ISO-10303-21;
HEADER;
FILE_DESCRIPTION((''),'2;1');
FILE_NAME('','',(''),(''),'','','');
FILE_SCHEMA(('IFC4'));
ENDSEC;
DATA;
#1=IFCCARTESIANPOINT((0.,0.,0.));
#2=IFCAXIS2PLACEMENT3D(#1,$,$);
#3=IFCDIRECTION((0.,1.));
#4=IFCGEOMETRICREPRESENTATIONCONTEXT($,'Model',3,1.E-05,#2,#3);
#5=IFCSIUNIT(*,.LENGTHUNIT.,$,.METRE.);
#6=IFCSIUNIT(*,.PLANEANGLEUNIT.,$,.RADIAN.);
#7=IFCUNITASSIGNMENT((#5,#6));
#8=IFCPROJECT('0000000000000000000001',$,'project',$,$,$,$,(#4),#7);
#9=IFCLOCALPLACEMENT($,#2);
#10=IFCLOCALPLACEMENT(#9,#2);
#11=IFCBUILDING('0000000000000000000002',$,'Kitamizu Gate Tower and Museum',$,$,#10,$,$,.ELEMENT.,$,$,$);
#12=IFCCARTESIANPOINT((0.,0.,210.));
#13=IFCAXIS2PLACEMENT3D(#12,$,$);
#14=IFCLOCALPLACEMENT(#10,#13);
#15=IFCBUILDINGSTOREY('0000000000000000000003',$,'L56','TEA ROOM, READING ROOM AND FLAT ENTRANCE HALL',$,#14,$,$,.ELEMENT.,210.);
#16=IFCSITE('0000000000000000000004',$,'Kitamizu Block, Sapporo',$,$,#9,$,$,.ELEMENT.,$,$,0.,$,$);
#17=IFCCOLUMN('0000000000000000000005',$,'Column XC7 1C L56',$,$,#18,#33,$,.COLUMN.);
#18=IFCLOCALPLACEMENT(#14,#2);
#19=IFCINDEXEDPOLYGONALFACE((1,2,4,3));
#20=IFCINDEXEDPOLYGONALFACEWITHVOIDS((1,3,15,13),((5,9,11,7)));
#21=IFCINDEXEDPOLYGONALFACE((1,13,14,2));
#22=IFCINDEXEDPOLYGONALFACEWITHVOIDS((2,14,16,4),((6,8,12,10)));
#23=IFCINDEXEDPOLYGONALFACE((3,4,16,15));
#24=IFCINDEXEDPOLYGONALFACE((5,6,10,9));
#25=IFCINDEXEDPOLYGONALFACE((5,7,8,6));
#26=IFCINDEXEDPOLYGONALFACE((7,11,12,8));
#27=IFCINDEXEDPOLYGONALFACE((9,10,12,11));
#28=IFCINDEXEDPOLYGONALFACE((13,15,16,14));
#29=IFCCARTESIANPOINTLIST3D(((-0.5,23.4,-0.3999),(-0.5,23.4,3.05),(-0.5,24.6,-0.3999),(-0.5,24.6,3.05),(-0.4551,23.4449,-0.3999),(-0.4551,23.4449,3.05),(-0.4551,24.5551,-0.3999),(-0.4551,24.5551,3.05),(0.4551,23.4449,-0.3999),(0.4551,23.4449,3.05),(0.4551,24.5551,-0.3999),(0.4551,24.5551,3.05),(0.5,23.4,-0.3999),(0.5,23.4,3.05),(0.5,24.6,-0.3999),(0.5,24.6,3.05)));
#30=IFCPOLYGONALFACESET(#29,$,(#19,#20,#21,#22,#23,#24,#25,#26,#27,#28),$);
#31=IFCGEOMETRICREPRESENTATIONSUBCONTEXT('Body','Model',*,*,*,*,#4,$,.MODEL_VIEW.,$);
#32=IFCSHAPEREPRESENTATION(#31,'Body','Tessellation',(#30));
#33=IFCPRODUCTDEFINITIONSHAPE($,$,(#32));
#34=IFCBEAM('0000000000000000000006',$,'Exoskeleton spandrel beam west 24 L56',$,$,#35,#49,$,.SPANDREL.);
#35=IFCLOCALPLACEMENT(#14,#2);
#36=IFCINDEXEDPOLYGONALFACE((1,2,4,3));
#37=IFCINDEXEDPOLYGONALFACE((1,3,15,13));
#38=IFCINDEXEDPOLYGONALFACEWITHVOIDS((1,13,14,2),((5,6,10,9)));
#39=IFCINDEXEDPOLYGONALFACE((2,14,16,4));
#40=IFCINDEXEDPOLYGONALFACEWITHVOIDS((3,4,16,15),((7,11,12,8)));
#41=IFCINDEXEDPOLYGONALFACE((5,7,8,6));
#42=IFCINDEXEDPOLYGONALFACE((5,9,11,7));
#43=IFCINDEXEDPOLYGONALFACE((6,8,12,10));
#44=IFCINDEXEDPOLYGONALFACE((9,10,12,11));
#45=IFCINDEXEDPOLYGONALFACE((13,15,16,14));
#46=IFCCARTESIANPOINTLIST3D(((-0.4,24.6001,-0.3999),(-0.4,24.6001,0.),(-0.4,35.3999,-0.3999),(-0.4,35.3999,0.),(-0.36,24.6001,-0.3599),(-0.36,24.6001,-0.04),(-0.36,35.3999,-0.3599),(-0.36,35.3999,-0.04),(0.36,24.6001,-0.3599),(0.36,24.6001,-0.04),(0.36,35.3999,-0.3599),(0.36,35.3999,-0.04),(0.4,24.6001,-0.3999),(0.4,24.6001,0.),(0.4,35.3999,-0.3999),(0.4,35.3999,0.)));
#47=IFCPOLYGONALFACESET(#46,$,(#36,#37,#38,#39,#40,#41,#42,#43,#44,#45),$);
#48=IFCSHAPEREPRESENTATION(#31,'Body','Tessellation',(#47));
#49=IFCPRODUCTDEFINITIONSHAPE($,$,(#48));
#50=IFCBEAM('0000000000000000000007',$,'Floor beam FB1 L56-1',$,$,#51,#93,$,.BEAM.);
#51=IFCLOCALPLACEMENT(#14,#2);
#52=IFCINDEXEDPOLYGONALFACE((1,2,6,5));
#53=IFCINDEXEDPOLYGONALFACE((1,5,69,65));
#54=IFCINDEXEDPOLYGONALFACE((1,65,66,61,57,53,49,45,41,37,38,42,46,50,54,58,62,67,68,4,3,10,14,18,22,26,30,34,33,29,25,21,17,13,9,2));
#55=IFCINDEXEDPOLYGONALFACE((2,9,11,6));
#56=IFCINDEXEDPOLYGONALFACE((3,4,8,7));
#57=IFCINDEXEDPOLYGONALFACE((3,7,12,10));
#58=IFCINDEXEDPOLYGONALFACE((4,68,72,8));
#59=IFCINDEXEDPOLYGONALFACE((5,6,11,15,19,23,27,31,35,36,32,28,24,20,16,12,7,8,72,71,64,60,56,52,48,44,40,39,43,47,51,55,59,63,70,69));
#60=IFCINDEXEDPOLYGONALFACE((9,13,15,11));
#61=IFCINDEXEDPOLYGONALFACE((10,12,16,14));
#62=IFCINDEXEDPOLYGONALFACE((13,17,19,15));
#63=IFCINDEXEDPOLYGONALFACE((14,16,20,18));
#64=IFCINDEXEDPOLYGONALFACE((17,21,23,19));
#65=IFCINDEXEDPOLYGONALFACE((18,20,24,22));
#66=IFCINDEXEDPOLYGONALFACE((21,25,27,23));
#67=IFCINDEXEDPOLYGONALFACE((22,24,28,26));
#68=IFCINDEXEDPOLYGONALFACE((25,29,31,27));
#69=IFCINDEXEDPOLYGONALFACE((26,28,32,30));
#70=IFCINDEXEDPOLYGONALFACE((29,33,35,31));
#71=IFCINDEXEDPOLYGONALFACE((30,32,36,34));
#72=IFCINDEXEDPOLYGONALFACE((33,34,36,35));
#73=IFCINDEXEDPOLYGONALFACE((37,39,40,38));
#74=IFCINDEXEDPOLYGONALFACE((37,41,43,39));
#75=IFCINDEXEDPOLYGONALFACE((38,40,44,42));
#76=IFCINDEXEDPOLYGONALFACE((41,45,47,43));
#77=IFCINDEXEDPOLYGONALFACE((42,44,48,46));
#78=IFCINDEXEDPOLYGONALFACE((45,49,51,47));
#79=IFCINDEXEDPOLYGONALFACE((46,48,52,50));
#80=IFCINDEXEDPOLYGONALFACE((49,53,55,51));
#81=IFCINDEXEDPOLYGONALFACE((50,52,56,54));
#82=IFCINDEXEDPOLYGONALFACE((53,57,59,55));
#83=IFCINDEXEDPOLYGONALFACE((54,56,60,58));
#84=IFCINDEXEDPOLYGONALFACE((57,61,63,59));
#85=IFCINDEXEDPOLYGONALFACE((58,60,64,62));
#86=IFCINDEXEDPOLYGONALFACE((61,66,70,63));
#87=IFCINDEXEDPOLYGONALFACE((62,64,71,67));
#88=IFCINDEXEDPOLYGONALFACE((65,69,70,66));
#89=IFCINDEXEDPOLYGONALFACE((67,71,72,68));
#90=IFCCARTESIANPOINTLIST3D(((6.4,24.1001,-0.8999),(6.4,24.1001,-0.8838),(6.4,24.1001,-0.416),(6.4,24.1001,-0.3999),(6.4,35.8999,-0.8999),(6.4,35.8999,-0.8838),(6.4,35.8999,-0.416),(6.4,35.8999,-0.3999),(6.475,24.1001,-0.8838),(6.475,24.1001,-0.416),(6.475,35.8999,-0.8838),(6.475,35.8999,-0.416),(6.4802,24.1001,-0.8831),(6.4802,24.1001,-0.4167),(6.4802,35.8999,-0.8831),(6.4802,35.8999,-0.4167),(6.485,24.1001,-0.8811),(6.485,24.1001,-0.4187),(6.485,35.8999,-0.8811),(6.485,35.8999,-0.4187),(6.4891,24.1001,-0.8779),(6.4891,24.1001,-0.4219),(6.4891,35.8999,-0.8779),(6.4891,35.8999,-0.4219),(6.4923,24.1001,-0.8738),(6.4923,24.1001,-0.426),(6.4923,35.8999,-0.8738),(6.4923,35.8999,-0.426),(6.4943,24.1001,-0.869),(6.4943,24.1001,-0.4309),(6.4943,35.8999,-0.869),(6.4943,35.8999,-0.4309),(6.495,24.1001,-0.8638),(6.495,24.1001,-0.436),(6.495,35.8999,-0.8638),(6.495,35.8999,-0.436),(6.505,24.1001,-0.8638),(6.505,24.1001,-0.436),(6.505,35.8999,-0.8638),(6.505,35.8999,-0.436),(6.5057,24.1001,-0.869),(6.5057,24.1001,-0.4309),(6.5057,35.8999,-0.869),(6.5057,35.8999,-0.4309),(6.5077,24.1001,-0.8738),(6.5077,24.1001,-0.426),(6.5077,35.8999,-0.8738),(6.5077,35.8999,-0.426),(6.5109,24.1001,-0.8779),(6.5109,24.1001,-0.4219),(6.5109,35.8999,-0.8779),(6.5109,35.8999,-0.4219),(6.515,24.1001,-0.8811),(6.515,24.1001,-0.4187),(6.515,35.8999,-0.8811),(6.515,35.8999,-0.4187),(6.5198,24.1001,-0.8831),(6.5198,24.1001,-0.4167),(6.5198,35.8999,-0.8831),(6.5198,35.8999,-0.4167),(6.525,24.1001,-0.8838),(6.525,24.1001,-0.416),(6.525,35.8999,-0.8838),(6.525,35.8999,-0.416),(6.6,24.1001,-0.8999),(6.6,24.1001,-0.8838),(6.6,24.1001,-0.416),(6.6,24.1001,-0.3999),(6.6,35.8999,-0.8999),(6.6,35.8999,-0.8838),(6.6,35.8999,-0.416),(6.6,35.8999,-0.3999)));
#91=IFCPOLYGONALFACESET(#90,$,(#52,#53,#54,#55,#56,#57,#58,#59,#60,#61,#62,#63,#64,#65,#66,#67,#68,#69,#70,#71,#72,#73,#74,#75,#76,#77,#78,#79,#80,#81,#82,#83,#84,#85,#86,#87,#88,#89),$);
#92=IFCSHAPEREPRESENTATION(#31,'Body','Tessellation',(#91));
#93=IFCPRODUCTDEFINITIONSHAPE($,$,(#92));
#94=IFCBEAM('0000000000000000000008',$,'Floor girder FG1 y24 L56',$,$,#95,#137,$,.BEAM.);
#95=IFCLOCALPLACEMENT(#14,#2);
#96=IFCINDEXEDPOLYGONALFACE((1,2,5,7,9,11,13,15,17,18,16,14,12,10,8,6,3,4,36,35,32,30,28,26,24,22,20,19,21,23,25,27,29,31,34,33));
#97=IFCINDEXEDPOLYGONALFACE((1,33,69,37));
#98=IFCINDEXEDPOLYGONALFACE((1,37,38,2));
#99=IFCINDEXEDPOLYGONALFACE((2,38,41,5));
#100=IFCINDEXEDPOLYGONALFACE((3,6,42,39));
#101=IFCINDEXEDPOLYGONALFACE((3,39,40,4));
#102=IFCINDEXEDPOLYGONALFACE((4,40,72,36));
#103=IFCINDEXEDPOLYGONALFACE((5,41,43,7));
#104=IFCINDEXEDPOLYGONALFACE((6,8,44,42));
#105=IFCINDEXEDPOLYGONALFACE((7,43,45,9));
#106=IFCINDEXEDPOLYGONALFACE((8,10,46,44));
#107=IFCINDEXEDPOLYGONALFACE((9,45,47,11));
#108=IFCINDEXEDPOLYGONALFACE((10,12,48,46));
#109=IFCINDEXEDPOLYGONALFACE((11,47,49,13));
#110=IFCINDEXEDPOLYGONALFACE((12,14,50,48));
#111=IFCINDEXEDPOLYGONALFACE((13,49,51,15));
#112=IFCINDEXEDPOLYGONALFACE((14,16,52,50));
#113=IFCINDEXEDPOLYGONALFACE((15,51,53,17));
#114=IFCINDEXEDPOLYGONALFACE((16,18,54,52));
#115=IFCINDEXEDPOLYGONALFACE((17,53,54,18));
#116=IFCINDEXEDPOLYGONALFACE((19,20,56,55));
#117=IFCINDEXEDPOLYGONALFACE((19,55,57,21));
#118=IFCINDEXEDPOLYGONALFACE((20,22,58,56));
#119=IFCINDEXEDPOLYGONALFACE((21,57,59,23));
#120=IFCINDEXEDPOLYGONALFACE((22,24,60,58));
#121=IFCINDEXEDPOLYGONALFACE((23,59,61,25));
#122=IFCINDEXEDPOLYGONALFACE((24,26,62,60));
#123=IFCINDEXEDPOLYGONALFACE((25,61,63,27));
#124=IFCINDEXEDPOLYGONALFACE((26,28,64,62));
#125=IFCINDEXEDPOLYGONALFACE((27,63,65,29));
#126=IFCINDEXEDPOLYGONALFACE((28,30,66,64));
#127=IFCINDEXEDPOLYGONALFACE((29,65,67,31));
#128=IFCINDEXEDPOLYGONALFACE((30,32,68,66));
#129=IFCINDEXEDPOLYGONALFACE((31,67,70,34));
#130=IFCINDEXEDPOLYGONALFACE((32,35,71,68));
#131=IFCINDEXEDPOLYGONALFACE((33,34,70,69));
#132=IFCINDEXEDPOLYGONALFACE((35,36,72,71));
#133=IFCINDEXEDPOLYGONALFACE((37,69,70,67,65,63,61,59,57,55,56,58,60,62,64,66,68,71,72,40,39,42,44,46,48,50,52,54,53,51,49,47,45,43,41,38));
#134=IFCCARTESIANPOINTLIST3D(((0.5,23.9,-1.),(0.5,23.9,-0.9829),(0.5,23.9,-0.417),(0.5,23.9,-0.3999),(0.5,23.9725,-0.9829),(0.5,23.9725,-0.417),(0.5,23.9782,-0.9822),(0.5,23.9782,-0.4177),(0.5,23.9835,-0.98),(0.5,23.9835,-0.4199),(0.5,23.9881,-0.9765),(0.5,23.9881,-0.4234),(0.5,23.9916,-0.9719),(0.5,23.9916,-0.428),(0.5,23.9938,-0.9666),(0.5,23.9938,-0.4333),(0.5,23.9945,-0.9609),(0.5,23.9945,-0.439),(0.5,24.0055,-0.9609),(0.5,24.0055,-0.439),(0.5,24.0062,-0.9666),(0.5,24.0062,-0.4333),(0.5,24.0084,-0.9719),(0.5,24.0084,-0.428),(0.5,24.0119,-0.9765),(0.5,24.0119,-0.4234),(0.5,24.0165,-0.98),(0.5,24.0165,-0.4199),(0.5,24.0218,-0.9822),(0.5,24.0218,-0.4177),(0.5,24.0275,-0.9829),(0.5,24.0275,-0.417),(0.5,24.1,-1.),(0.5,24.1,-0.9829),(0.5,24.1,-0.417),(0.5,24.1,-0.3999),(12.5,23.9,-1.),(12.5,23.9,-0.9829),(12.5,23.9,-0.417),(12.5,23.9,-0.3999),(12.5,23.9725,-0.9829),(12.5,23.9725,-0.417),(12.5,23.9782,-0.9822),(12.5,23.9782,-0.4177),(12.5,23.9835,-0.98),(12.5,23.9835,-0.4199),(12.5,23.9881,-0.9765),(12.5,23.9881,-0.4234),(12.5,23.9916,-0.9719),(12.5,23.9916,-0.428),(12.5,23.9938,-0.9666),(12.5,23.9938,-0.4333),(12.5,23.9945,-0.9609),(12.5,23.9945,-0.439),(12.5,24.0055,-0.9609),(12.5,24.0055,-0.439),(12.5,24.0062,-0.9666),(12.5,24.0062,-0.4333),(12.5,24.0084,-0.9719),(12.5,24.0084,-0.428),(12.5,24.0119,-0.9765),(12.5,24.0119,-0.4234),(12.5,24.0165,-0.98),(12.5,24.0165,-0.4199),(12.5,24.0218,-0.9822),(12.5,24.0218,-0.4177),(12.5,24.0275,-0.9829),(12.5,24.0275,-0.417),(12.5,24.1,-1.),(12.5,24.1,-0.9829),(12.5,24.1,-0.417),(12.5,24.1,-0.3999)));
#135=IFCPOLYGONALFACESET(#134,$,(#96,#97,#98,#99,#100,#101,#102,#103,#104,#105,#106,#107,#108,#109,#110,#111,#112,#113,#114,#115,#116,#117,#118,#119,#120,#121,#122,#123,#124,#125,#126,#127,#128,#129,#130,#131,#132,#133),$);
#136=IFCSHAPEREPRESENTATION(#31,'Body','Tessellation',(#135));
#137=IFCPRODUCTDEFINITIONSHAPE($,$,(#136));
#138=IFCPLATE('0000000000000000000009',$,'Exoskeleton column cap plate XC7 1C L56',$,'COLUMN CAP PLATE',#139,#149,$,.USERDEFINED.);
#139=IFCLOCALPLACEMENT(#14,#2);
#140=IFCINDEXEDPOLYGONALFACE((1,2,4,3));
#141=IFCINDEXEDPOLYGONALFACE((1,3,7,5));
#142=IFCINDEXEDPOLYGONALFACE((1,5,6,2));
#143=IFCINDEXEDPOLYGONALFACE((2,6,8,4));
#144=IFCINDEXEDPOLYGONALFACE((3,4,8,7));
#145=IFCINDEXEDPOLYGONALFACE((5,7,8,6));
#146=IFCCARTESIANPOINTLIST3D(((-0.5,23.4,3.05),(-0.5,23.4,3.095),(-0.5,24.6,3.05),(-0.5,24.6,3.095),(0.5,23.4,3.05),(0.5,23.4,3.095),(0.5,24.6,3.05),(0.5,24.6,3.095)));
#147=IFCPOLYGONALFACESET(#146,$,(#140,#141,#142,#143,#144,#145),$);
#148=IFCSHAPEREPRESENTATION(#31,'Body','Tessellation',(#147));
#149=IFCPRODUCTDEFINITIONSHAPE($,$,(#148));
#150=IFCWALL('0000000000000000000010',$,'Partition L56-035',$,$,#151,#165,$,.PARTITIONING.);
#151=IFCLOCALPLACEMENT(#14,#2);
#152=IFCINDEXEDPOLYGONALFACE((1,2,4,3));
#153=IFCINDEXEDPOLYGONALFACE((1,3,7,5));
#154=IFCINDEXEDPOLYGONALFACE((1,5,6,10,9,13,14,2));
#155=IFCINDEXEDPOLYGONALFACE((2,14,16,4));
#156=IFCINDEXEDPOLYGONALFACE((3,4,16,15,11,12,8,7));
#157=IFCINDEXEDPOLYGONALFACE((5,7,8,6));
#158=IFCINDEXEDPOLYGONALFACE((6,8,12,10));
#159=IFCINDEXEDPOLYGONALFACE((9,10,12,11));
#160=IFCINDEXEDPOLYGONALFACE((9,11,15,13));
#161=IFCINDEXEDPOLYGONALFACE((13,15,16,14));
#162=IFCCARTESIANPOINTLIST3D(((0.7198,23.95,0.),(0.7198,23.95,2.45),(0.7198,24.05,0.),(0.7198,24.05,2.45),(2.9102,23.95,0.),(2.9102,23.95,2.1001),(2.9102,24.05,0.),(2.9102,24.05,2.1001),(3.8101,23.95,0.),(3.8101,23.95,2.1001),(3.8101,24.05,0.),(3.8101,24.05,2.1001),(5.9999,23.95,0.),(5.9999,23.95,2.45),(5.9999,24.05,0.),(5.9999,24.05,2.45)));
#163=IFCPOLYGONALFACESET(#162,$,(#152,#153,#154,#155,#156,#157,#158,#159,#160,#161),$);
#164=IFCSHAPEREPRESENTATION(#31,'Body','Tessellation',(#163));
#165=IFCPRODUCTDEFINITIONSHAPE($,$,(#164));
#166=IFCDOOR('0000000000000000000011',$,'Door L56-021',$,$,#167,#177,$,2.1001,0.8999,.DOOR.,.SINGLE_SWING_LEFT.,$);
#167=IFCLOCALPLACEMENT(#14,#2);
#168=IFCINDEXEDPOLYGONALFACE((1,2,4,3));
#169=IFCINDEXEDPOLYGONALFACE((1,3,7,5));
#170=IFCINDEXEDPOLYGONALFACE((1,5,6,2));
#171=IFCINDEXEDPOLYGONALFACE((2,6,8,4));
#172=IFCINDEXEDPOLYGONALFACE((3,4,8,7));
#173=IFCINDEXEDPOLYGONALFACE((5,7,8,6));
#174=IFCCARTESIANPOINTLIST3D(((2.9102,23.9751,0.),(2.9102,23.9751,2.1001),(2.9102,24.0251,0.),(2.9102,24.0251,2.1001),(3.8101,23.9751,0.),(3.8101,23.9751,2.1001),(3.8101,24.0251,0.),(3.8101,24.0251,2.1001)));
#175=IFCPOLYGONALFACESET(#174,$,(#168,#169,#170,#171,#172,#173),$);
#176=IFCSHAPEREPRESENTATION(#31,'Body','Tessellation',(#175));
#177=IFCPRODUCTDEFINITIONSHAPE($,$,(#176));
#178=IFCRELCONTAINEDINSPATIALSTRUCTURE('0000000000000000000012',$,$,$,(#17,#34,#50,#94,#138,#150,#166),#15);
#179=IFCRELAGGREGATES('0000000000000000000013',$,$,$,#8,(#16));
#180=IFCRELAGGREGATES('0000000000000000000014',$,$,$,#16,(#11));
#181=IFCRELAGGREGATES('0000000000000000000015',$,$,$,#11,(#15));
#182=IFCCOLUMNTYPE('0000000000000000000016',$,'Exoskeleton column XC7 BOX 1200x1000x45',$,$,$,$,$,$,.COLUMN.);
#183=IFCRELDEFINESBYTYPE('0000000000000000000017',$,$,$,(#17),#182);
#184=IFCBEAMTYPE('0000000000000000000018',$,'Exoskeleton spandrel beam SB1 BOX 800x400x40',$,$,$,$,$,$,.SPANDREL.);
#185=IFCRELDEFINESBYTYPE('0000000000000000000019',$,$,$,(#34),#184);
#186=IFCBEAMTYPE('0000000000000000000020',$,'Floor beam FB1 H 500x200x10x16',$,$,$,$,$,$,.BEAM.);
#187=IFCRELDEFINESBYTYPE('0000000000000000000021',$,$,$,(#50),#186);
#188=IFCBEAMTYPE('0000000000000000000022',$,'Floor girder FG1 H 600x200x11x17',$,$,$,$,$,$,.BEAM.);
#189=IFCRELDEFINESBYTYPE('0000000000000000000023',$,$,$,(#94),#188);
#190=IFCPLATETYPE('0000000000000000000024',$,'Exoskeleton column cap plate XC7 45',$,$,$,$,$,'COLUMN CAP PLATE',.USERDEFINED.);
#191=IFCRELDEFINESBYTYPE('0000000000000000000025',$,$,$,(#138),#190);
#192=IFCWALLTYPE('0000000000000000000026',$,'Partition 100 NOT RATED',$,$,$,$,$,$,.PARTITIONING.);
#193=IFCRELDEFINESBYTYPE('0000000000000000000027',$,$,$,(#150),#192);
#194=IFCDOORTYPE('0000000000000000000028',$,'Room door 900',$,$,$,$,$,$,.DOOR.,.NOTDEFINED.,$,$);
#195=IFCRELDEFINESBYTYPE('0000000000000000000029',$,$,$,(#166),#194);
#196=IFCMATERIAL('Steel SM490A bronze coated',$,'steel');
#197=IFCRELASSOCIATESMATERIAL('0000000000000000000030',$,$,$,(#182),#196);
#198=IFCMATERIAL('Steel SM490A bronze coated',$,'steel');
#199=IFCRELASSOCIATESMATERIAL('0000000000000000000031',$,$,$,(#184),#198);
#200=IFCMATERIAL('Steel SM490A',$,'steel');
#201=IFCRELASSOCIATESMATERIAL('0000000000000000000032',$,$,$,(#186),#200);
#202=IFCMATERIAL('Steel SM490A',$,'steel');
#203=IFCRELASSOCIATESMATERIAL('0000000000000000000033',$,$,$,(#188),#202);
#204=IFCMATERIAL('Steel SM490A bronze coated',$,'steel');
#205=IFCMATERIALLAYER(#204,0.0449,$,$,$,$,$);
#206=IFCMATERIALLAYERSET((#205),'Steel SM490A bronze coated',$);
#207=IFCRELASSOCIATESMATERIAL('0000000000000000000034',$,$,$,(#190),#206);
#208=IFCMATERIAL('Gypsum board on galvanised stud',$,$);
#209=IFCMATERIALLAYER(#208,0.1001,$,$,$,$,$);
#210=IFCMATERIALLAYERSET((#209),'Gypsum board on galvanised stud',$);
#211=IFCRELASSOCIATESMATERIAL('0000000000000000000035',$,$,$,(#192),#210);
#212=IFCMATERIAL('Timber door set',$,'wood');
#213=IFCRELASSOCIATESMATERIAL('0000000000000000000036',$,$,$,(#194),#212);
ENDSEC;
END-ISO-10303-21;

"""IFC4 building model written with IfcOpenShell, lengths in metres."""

from ifc_helpers import new_model, si_unit, direction, frame, frame_2d, origin, origin_2d, place, context, subcontext, project, spatial, rectangle, hollow_rectangle, i_section, extrude, material, layer, layer_set, material_profile, profile_set, type_object, element, fill, save


model = new_model("IFC4")

# Units and contexts
model_context = context("Model", 3, precision=1e-05, world=origin(), true_north=direction((0.0, 1.0)))
body_context = subcontext(model_context, "Body", "Model", "MODEL_VIEW")
ifc_project = project(units=[si_unit("LENGTHUNIT", "METRE"), si_unit("PLANEANGLEUNIT", "RADIAN")], contexts=[model_context])

# Site, building, storey
site_placement = place(None, origin())
site = spatial("IfcSite", under=ifc_project, at=site_placement, Name="Kitamizu Block, Sapporo", CompositionType="ELEMENT", RefElevation=0.0)
building_placement = place(site_placement, origin())
building = spatial("IfcBuilding", under=site, at=building_placement, Name="Kitamizu Gate Tower and Museum", CompositionType="ELEMENT")
storey_placement = place(building_placement, frame((0.0, 0.0, 210.0)))
storey = spatial("IfcBuildingStorey", under=building, at=storey_placement, Name="L56", Description="TEA ROOM, READING ROOM AND FLAT ENTRANCE HALL", CompositionType="ELEMENT", Elevation=210.0)

# Column
ifc_material_1 = material(Name="Steel SM490A bronze coated", Category="steel")
ifc_material_profile_1 = material_profile(ifc_material_1, hollow_rectangle(XDim=1.2, YDim=1.0, WallThickness=0.0449, at=origin_2d()), Name="BOX 1200x1000x45")
ifc_profile_set_1 = profile_set([ifc_material_profile_1], Name="Steel SM490A bronze coated")
column_type = type_object("IfcColumnType", Name="Exoskeleton column XC7 BOX 1200x1000x45", PredefinedType="COLUMN", material=ifc_profile_set_1)
column_placement = place(storey_placement, frame((0.0, 24.0, -0.3999), z_axis=(0.0, 0.0, 1.0), x_axis=(0.0, 1.0, 0.0)))
element("IfcColumn", 1, at=column_placement, inside=storey, type_object=column_type, Name="Column XC7 1C L56", PredefinedType="COLUMN", context=body_context, shape_type="SweptSolid", body=[
    extrude(hollow_rectangle(XDim=1.2, YDim=1.0, WallThickness=0.0449, at=origin_2d()), origin(), (0.0, 0.0, 1.0), 3.45),
])

# Beams
ifc_material_2 = material(Name="Steel SM490A bronze coated", Category="steel")
ifc_material_profile_2 = material_profile(ifc_material_2, hollow_rectangle(XDim=0.8, YDim=0.3999, WallThickness=0.04, at=origin_2d()), Name="BOX 800x400x40")
ifc_profile_set_2 = profile_set([ifc_material_profile_2], Name="Steel SM490A bronze coated")
beam_type_1 = type_object("IfcBeamType", Name="Exoskeleton spandrel beam SB1 BOX 800x400x40", PredefinedType="SPANDREL", material=ifc_profile_set_2)
beam_1_placement = place(storey_placement, frame((0.0, 24.6001, -0.2), z_axis=(0.0, 1.0, 0.0), x_axis=(-1.0, 0.0, 0.0)))
element("IfcBeam", 2, at=beam_1_placement, inside=storey, type_object=beam_type_1, Name="Exoskeleton spandrel beam west 24 L56", PredefinedType="SPANDREL", context=body_context, shape_type="SweptSolid", body=[
    extrude(hollow_rectangle(XDim=0.8, YDim=0.3999, WallThickness=0.04, at=origin_2d()), origin(), (0.0, 0.0, 1.0), 10.7998),
])
ifc_material_3 = material(Name="Steel SM490A", Category="steel")
ifc_material_profile_3 = material_profile(ifc_material_3, i_section(OverallWidth=0.2, OverallDepth=0.5, WebThickness=0.01, FlangeThickness=0.0161, FilletRadius=0.02, at=origin_2d()), Name="H-500x200x10x16")
ifc_profile_set_3 = profile_set([ifc_material_profile_3], Name="Steel SM490A")
beam_type_2 = type_object("IfcBeamType", Name="Floor beam FB1 H 500x200x10x16", PredefinedType="BEAM", material=ifc_profile_set_3)
beam_2_placement = place(storey_placement, frame((6.5, 24.1001, -0.6499), z_axis=(0.0, 1.0, 0.0), x_axis=(-1.0, 0.0, 0.0)))
element("IfcBeam", 3, at=beam_2_placement, inside=storey, type_object=beam_type_2, Name="Floor beam FB1 L56-1", PredefinedType="BEAM", context=body_context, shape_type="SweptSolid", body=[
    extrude(i_section(OverallWidth=0.2, OverallDepth=0.5, WebThickness=0.01, FlangeThickness=0.0161, FilletRadius=0.02, at=origin_2d()), origin(), (0.0, 0.0, 1.0), 11.7998),
])
ifc_material_4 = material(Name="Steel SM490A", Category="steel")
ifc_material_profile_4 = material_profile(ifc_material_4, i_section(OverallWidth=0.2, OverallDepth=0.6001, WebThickness=0.011, FlangeThickness=0.0171, FilletRadius=0.022, at=origin_2d()), Name="H-600x200x11x17")
ifc_profile_set_4 = profile_set([ifc_material_profile_4], Name="Steel SM490A")
beam_type_3 = type_object("IfcBeamType", Name="Floor girder FG1 H 600x200x11x17", PredefinedType="BEAM", material=ifc_profile_set_4)
beam_3_placement = place(storey_placement, frame((0.5, 24.0, -0.7), z_axis=(1.0, 0.0, 0.0), x_axis=(0.0, 1.0, 0.0)))
element("IfcBeam", 4, at=beam_3_placement, inside=storey, type_object=beam_type_3, Name="Floor girder FG1 y24 L56", PredefinedType="BEAM", context=body_context, shape_type="SweptSolid", body=[
    extrude(i_section(OverallWidth=0.2, OverallDepth=0.6001, WebThickness=0.011, FlangeThickness=0.0171, FilletRadius=0.022, at=origin_2d()), origin(), (0.0, 0.0, 1.0), 12.0),
])

# Plate
ifc_material_5 = material(Name="Steel SM490A bronze coated", Category="steel")
ifc_layer_1 = layer(ifc_material_5, 0.0449)
ifc_layer_set_1 = layer_set([ifc_layer_1], Name="Steel SM490A bronze coated")
plate_type = type_object("IfcPlateType", Name="Exoskeleton column cap plate XC7 45", ElementType="COLUMN CAP PLATE", PredefinedType="USERDEFINED", material=ifc_layer_set_1)
plate_placement = place(storey_placement, frame((0.0, 24.0, 3.05), z_axis=(0.0, 0.0, 1.0), x_axis=(0.0, 1.0, 0.0)))
element("IfcPlate", 5, at=plate_placement, inside=storey, type_object=plate_type, Name="Exoskeleton column cap plate XC7 1C L56", ObjectType="COLUMN CAP PLATE", PredefinedType="USERDEFINED", context=body_context, shape_type="SweptSolid", body=[
    extrude(rectangle(XDim=1.2, YDim=1.0, at=origin_2d()), origin(), (0.0, 0.0, 1.0), 0.0449),
])

# Wall, opening, door
ifc_material_6 = material(Name="Gypsum board on galvanised stud")
ifc_layer_2 = layer(ifc_material_6, 0.1001)
ifc_layer_set_2 = layer_set([ifc_layer_2], Name="Gypsum board on galvanised stud")
wall_type_1 = type_object("IfcWallType", Name="Partition 100 NOT RATED", PredefinedType="PARTITIONING", material=ifc_layer_set_2)
wall_1_placement = place(storey_placement, frame((6.0, 24.0, 0.0), z_axis=(0.0, 0.0, 1.0), x_axis=(-1.0, 0.0, 0.0)))
wall_1 = element("IfcWall", 6, at=wall_1_placement, inside=storey, type_object=wall_type_1, Name="Partition L56-035", PredefinedType="PARTITIONING", context=body_context, shape_type="SweptSolid", body=[
    extrude(rectangle(XDim=5.28, YDim=0.1001, at=frame_2d((2.6401, 0.0))), origin(), (0.0, 0.0, 1.0), 2.45),
])
opening_1_placement = place(wall_1_placement, frame((2.1899, 0.0, 0.0)))
opening_1 = element("IfcOpeningElement", 7, at=opening_1_placement, cuts=wall_1, PredefinedType="OPENING", context=body_context, shape_type="SweptSolid", body=[
    extrude(rectangle(XDim=0.8999, YDim=2.1001, at=frame_2d((0.45, 1.05))), frame((0.0, 0.0601, 0.0), z_axis=(0.0, -1.0, 0.0), x_axis=(1.0, 0.0, 0.0)), (0.0, 0.0, 1.0), 0.1201),
])
ifc_material_7 = material(Name="Timber door set", Category="wood")
door_type_1 = type_object("IfcDoorType", Name="Room door 900", OperationType="NOTDEFINED", PredefinedType="DOOR", material=ifc_material_7)
door_1_placement = place(opening_1_placement, origin())
door_1 = element("IfcDoor", 8, at=door_1_placement, inside=storey, type_object=door_type_1, Name="Door L56-021", OperationType="SINGLE_SWING_LEFT", OverallHeight=2.1001, OverallWidth=0.8999, PredefinedType="DOOR", context=body_context, shape_type="SweptSolid", body=[
    extrude(rectangle(XDim=0.8999, YDim=2.1001, at=frame_2d((0.45, 1.05))), frame((0.0, 0.0249, 0.0), z_axis=(0.0, -1.0, 0.0), x_axis=(1.0, 0.0, 0.0)), (0.0, 0.0, 1.0), 0.05),
])
fill(opening_1, door_1)

save(model, "model.ifc")
